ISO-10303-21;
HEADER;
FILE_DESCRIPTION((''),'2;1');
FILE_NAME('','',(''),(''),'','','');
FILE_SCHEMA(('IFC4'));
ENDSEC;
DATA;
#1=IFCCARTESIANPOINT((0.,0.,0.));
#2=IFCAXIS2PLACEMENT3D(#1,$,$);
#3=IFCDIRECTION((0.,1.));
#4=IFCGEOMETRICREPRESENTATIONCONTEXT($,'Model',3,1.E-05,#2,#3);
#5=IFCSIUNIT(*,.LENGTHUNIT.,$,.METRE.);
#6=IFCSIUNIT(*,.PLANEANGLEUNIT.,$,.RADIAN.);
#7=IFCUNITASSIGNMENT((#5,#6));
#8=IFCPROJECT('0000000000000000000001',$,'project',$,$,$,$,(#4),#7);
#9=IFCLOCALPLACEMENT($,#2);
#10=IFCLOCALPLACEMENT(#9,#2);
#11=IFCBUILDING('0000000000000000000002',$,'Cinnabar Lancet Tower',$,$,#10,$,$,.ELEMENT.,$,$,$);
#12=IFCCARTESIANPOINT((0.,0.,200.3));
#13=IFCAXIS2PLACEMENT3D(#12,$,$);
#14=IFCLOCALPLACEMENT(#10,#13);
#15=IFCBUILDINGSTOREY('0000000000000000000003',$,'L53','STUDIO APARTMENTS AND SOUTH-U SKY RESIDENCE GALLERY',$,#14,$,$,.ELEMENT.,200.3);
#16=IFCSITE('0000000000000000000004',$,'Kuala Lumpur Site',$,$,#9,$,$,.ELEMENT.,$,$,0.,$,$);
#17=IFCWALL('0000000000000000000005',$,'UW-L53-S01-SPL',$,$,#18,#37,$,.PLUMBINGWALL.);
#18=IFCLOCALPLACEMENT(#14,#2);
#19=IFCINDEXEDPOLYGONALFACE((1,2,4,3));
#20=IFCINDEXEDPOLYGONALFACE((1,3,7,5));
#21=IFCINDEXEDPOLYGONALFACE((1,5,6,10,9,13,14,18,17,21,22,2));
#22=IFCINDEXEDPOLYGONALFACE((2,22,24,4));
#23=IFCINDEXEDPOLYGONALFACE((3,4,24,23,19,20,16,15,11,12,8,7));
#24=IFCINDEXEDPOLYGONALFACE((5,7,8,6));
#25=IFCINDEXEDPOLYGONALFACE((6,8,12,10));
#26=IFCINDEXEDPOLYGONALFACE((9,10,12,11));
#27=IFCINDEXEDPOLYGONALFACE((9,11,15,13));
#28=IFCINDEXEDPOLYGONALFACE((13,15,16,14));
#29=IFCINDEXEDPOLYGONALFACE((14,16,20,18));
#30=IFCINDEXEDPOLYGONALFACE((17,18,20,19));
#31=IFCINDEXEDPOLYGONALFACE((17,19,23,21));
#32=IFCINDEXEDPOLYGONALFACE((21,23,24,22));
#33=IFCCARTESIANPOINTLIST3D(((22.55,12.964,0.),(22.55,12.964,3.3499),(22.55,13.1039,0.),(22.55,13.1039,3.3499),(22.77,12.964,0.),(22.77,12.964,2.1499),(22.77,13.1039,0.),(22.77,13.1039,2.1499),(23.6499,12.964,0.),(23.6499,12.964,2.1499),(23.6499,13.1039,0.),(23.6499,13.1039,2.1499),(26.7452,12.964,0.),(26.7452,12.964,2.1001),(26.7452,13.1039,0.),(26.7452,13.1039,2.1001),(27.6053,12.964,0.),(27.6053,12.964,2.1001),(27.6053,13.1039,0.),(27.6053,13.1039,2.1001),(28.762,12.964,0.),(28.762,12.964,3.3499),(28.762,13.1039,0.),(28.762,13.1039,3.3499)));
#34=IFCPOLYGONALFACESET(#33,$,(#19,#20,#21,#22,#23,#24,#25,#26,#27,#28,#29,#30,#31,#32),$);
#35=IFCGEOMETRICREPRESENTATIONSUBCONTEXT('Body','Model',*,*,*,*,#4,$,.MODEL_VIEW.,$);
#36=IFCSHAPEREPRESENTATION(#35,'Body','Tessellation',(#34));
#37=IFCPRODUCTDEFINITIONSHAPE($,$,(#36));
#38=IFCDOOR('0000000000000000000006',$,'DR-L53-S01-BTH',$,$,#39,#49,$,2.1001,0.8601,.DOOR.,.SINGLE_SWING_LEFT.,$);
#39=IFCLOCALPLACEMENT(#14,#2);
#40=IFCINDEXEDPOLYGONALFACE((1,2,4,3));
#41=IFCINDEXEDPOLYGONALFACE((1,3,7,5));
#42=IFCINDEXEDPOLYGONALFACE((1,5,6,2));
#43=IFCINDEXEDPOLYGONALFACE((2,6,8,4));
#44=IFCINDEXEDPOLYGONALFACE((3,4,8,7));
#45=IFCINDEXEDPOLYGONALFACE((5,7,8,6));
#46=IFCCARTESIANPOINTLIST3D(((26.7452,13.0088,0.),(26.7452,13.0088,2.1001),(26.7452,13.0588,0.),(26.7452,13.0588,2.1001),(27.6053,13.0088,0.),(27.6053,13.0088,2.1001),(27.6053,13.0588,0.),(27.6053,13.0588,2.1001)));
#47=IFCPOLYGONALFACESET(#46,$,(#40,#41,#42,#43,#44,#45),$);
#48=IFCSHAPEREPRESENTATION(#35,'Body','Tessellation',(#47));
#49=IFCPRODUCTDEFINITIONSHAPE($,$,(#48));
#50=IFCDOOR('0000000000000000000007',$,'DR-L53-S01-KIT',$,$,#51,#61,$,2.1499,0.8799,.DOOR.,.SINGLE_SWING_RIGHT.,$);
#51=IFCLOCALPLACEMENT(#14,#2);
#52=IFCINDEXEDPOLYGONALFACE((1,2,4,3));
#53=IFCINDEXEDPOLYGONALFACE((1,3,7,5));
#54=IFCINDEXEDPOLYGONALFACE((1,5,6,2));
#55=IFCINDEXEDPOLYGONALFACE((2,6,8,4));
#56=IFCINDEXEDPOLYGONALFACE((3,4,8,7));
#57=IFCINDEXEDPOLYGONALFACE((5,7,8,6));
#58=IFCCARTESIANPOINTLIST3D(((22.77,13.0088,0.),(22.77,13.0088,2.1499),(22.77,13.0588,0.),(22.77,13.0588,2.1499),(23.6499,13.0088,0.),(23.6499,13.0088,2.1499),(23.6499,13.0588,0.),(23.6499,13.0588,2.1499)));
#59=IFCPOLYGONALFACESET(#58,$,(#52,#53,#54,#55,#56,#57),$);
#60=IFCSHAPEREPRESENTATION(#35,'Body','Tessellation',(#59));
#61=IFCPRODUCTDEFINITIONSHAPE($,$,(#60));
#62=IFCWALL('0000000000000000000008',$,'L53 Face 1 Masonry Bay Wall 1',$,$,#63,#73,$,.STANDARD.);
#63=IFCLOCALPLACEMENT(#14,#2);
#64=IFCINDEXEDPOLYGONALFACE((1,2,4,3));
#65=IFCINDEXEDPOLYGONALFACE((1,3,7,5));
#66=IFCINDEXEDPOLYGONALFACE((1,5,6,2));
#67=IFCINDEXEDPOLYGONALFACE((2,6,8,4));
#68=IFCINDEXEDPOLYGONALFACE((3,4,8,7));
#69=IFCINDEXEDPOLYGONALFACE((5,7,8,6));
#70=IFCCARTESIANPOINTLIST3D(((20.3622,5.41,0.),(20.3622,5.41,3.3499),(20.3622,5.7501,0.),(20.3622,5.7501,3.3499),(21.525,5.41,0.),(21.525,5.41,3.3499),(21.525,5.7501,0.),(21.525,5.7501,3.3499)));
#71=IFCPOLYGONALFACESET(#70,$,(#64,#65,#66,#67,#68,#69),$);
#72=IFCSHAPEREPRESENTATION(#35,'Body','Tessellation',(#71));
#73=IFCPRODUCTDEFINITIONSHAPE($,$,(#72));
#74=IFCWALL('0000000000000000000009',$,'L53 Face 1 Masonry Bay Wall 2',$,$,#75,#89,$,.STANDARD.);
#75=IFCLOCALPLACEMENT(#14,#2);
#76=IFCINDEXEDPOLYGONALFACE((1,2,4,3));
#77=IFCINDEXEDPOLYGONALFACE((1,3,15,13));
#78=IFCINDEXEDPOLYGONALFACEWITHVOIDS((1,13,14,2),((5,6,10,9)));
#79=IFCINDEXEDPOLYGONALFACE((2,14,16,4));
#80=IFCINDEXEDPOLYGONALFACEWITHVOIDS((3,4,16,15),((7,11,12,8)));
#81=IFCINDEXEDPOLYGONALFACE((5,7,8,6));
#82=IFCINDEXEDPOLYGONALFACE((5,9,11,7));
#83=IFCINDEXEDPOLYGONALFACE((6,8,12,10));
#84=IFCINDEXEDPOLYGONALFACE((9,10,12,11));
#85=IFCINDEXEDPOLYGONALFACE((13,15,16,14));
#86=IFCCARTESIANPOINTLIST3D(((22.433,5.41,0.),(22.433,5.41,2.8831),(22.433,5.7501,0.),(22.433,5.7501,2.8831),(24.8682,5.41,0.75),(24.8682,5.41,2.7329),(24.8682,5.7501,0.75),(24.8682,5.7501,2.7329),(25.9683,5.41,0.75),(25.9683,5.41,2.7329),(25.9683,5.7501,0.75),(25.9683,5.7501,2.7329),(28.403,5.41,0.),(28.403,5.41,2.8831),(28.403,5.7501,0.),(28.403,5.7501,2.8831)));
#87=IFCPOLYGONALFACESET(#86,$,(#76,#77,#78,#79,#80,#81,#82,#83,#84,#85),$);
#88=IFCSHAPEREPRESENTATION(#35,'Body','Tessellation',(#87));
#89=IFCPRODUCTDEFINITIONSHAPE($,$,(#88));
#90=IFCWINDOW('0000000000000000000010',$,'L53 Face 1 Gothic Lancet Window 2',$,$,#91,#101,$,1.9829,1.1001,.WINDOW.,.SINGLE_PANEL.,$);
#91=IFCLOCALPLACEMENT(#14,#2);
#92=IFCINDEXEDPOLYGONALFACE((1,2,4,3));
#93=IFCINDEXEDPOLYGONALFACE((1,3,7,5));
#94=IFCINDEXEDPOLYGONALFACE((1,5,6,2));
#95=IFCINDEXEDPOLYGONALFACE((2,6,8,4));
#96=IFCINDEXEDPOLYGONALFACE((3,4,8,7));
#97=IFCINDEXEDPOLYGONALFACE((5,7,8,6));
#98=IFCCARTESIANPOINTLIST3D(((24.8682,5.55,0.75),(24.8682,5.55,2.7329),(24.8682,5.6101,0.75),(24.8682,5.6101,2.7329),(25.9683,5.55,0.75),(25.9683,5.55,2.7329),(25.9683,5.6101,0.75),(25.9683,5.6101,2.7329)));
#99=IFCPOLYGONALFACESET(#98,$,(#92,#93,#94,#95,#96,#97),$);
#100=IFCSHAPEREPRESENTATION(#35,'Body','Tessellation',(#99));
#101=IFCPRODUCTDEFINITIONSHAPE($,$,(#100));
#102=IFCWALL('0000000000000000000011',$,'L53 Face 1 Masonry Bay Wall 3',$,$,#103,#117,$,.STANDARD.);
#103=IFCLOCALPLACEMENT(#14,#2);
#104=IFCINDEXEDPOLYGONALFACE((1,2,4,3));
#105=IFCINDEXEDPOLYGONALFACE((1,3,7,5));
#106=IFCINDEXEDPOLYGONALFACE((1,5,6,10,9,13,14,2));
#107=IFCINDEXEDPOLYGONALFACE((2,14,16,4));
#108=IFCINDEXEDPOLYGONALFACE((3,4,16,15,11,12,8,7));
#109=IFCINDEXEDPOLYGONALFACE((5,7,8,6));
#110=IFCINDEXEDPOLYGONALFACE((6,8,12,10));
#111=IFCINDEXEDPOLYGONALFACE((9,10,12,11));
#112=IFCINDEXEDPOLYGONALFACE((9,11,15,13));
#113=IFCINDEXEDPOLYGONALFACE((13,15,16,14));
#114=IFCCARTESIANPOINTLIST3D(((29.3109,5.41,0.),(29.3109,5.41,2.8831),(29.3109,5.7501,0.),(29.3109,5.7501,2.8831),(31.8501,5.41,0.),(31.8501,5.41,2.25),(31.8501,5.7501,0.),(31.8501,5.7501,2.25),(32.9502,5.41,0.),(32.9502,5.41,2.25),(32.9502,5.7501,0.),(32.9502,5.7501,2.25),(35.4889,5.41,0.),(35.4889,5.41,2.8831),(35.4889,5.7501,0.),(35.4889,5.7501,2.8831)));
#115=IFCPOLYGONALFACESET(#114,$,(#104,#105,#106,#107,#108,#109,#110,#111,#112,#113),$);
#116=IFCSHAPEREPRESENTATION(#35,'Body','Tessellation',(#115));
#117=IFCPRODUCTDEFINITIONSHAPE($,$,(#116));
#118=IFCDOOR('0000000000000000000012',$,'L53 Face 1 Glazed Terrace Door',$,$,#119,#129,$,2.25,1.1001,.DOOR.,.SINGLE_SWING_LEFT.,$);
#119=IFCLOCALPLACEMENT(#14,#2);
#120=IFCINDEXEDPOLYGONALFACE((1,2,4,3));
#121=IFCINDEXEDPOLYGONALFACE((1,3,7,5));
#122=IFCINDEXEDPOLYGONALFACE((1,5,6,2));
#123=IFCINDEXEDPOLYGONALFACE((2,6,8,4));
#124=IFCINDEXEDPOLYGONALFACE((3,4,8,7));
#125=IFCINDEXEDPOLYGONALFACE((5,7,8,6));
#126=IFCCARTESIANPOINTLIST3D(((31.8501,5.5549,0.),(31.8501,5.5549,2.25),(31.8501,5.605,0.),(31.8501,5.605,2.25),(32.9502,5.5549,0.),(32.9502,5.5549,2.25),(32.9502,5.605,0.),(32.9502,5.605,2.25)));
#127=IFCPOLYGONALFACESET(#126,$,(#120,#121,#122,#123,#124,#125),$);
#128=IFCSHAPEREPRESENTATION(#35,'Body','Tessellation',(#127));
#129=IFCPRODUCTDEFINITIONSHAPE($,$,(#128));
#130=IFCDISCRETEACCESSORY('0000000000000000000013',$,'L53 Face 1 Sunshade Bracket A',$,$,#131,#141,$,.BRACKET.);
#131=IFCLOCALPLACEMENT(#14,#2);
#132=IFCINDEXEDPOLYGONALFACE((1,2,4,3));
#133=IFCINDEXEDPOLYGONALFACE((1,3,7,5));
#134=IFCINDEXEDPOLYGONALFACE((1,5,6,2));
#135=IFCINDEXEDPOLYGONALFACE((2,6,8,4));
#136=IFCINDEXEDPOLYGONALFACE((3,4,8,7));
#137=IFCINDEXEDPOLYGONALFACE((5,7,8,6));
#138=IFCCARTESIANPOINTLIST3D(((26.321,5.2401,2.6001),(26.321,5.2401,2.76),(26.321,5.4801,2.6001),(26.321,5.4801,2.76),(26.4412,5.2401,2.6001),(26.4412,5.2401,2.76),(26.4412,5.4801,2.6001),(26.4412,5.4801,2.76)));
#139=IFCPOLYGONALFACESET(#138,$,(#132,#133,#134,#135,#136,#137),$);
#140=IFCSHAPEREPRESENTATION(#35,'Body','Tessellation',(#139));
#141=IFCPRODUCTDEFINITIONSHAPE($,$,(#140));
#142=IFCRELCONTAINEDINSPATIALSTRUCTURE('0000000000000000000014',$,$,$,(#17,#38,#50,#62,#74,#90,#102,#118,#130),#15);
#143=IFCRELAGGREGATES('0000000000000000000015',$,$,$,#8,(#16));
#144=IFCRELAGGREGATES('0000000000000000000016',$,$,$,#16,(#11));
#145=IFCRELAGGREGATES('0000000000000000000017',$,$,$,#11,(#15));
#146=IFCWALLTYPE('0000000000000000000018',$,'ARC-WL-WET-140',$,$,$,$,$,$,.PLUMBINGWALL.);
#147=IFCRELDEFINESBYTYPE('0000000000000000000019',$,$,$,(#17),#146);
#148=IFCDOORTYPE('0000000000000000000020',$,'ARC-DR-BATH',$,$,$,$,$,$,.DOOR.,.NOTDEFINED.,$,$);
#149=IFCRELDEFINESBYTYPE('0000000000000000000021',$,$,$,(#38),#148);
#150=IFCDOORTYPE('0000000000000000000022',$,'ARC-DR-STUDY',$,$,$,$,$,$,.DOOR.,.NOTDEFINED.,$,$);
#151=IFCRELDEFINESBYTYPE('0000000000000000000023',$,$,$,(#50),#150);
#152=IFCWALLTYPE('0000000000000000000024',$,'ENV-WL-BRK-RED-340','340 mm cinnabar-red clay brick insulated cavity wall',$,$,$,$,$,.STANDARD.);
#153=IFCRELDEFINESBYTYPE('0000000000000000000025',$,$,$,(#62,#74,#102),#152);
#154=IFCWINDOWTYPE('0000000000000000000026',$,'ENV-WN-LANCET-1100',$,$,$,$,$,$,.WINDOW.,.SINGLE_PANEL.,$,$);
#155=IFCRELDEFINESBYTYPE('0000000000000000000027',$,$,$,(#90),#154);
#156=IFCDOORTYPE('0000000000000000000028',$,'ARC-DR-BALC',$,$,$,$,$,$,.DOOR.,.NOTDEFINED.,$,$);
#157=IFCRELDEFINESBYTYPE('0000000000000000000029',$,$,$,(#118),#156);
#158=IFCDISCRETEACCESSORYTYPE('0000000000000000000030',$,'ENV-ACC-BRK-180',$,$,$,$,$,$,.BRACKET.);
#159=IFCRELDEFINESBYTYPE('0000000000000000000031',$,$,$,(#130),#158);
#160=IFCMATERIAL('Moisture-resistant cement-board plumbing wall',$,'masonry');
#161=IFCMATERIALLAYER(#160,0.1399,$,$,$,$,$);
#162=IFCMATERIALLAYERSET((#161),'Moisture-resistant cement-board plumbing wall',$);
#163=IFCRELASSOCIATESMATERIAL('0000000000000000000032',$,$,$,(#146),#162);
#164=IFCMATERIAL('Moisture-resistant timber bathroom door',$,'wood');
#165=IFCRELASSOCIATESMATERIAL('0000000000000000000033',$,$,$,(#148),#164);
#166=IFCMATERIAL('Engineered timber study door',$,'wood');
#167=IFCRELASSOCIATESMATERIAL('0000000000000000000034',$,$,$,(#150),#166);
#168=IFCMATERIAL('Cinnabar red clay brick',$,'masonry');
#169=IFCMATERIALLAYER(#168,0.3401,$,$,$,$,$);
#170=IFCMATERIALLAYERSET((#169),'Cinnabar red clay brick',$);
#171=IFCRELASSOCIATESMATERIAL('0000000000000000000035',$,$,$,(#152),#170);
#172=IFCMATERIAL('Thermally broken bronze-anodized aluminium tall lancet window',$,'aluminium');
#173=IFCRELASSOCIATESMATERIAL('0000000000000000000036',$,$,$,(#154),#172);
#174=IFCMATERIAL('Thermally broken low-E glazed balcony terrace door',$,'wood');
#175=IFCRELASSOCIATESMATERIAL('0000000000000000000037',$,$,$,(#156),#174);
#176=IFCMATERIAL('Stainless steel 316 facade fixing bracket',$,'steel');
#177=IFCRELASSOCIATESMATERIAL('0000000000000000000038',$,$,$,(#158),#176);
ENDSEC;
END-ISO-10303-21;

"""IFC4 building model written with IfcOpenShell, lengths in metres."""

from ifc_helpers import new_model, si_unit, direction, frame, frame_2d, origin, origin_2d, place, context, subcontext, project, spatial, rectangle, extrude, material, layer, layer_set, type_object, element, fill, save


model = new_model("IFC4")

# Units and contexts
model_context = context("Model", 3, precision=1e-05, world=origin(), true_north=direction((0.0, 1.0)))
body_context = subcontext(model_context, "Body", "Model", "MODEL_VIEW")
ifc_project = project(units=[si_unit("LENGTHUNIT", "METRE"), si_unit("PLANEANGLEUNIT", "RADIAN")], contexts=[model_context])

# Site, building, storey
site_placement = place(None, origin())
site = spatial("IfcSite", under=ifc_project, at=site_placement, Name="Kuala Lumpur Site", CompositionType="ELEMENT", RefElevation=0.0)
building_placement = place(site_placement, origin())
building = spatial("IfcBuilding", under=site, at=building_placement, Name="Cinnabar Lancet Tower", CompositionType="ELEMENT")
storey_placement = place(building_placement, frame((0.0, 0.0, 200.3)))
storey = spatial("IfcBuildingStorey", under=building, at=storey_placement, Name="L53", Description="STUDIO APARTMENTS AND SOUTH-U SKY RESIDENCE GALLERY", CompositionType="ELEMENT", Elevation=200.3)

# Wall, openings, doors
ifc_material_1 = material(Name="Moisture-resistant cement-board plumbing wall", Category="masonry")
ifc_layer_1 = layer(ifc_material_1, 0.1399)
ifc_layer_set_1 = layer_set([ifc_layer_1], Name="Moisture-resistant cement-board plumbing wall")
wall_type_1 = type_object("IfcWallType", Name="ARC-WL-WET-140", PredefinedType="PLUMBINGWALL", material=ifc_layer_set_1)
wall_1_placement = place(storey_placement, frame((22.55, 13.0339, 0.0), z_axis=(0.0, 0.0, 1.0), x_axis=(1.0, 0.0, 0.0)))
wall_1 = element("IfcWall", 1, at=wall_1_placement, inside=storey, type_object=wall_type_1, Name="UW-L53-S01-SPL", PredefinedType="PLUMBINGWALL", context=body_context, shape_type="SweptSolid", body=[
    extrude(rectangle(XDim=6.2119, YDim=0.1399, at=frame_2d((3.106, 0.0))), origin(), (0.0, 0.0, 1.0), 3.3499),
])
opening_1_placement = place(wall_1_placement, frame((4.1951, 0.0, 0.0)))
opening_1 = element("IfcOpeningElement", 2, at=opening_1_placement, cuts=wall_1, PredefinedType="OPENING", context=body_context, shape_type="SweptSolid", body=[
    extrude(rectangle(XDim=0.8601, YDim=2.1001, at=frame_2d((0.4302, 1.05))), frame((0.0, 0.0798, 0.0), z_axis=(0.0, -1.0, 0.0), x_axis=(1.0, 0.0, 0.0)), (0.0, 0.0, 1.0), 0.1599),
])
opening_2_placement = place(wall_1_placement, frame((0.22, 0.0, 0.0)))
opening_2 = element("IfcOpeningElement", 3, at=opening_2_placement, cuts=wall_1, PredefinedType="OPENING", context=body_context, shape_type="SweptSolid", body=[
    extrude(rectangle(XDim=0.8799, YDim=2.1499, at=frame_2d((0.4399, 1.075))), frame((0.0, 0.0798, 0.0), z_axis=(0.0, -1.0, 0.0), x_axis=(1.0, 0.0, 0.0)), (0.0, 0.0, 1.0), 0.1599),
])
ifc_material_2 = material(Name="Moisture-resistant timber bathroom door", Category="wood")
door_type_1 = type_object("IfcDoorType", Name="ARC-DR-BATH", OperationType="NOTDEFINED", PredefinedType="DOOR", material=ifc_material_2)
door_1_placement = place(opening_1_placement, origin())
door_1 = element("IfcDoor", 4, at=door_1_placement, inside=storey, type_object=door_type_1, Name="DR-L53-S01-BTH", OperationType="SINGLE_SWING_LEFT", OverallHeight=2.1001, OverallWidth=0.8601, PredefinedType="DOOR", context=body_context, shape_type="SweptSolid", body=[
    extrude(rectangle(XDim=0.8601, YDim=2.1001, at=frame_2d((0.4302, 1.05))), frame((0.0, 0.0249, 0.0), z_axis=(0.0, -1.0, 0.0), x_axis=(1.0, 0.0, 0.0)), (0.0, 0.0, 1.0), 0.05),
])
fill(opening_1, door_1)
ifc_material_3 = material(Name="Engineered timber study door", Category="wood")
door_type_2 = type_object("IfcDoorType", Name="ARC-DR-STUDY", OperationType="NOTDEFINED", PredefinedType="DOOR", material=ifc_material_3)
door_2_placement = place(opening_2_placement, origin())
door_2 = element("IfcDoor", 5, at=door_2_placement, inside=storey, type_object=door_type_2, Name="DR-L53-S01-KIT", OperationType="SINGLE_SWING_RIGHT", OverallHeight=2.1499, OverallWidth=0.8799, PredefinedType="DOOR", context=body_context, shape_type="SweptSolid", body=[
    extrude(rectangle(XDim=0.8799, YDim=2.1499, at=frame_2d((0.4399, 1.075))), frame((0.0, 0.0249, 0.0), z_axis=(0.0, -1.0, 0.0), x_axis=(1.0, 0.0, 0.0)), (0.0, 0.0, 1.0), 0.05),
])
fill(opening_2, door_2)

# Wall
ifc_material_4 = material(Name="Cinnabar red clay brick", Category="masonry")
ifc_layer_2 = layer(ifc_material_4, 0.3401)
ifc_layer_set_2 = layer_set([ifc_layer_2], Name="Cinnabar red clay brick")
wall_type_2 = type_object("IfcWallType", Name="ENV-WL-BRK-RED-340", Description="340 mm cinnabar-red clay brick insulated cavity wall", PredefinedType="STANDARD", material=ifc_layer_set_2)
wall_2_placement = place(storey_placement, frame((20.3621, 5.5801, 0.0), z_axis=(0.0, 0.0, 1.0), x_axis=(1.0, 0.0, 0.0)))
element("IfcWall", 6, at=wall_2_placement, inside=storey, type_object=wall_type_2, Name="L53 Face 1 Masonry Bay Wall 1", PredefinedType="STANDARD", context=body_context, shape_type="SweptSolid", body=[
    extrude(rectangle(XDim=1.1628, YDim=0.3401, at=frame_2d((0.5815, 0.0))), origin(), (0.0, 0.0, 1.0), 3.3499),
])

# Wall, opening, window
wall_3_placement = place(storey_placement, frame((22.4331, 5.5801, 0.0), z_axis=(0.0, 0.0, 1.0), x_axis=(1.0, 0.0, 0.0)))
wall_3 = element("IfcWall", 7, at=wall_3_placement, inside=storey, type_object=wall_type_2, Name="L53 Face 1 Masonry Bay Wall 2", PredefinedType="STANDARD", context=body_context, shape_type="SweptSolid", body=[
    extrude(rectangle(XDim=5.97, YDim=0.3401, at=frame_2d((2.9849, 0.0))), origin(), (0.0, 0.0, 1.0), 2.8831),
])
opening_3_placement = place(wall_3_placement, frame((2.4351, 0.0, 0.75)))
opening_3 = element("IfcOpeningElement", 8, at=opening_3_placement, cuts=wall_3, PredefinedType="OPENING", context=body_context, shape_type="SweptSolid", body=[
    extrude(rectangle(XDim=1.1001, YDim=1.9829, at=frame_2d((0.55, 0.9915))), frame((0.0, 0.1799, 0.0), z_axis=(0.0, -1.0, 0.0), x_axis=(1.0, 0.0, 0.0)), (0.0, 0.0, 1.0), 0.3601),
])
ifc_material_5 = material(Name="Thermally broken bronze-anodized aluminium tall lancet window", Category="aluminium")
window_type = type_object("IfcWindowType", Name="ENV-WN-LANCET-1100", PartitioningType="SINGLE_PANEL", PredefinedType="WINDOW", material=ifc_material_5)
window_placement = place(opening_3_placement, origin())
window = element("IfcWindow", 9, at=window_placement, inside=storey, type_object=window_type, Name="L53 Face 1 Gothic Lancet Window 2", OverallHeight=1.9829, OverallWidth=1.1001, PartitioningType="SINGLE_PANEL", PredefinedType="WINDOW", context=body_context, shape_type="SweptSolid", body=[
    extrude(rectangle(XDim=1.1001, YDim=1.9829, at=frame_2d((0.55, 0.9915))), frame((0.0, 0.03, 0.0), z_axis=(0.0, -1.0, 0.0), x_axis=(1.0, 0.0, 0.0)), (0.0, 0.0, 1.0), 0.0601),
])
fill(opening_3, window)

# Wall, opening, door
wall_4_placement = place(storey_placement, frame((29.311, 5.5801, 0.0), z_axis=(0.0, 0.0, 1.0), x_axis=(1.0, 0.0, 0.0)))
wall_4 = element("IfcWall", 10, at=wall_4_placement, inside=storey, type_object=wall_type_2, Name="L53 Face 1 Masonry Bay Wall 3", PredefinedType="STANDARD", context=body_context, shape_type="SweptSolid", body=[
    extrude(rectangle(XDim=6.178, YDim=0.3401, at=frame_2d((3.0889, 0.0))), origin(), (0.0, 0.0, 1.0), 2.8831),
])
opening_4_placement = place(wall_4_placement, frame((2.5391, 0.0, 0.0)))
opening_4 = element("IfcOpeningElement", 11, at=opening_4_placement, cuts=wall_4, PredefinedType="OPENING", context=body_context, shape_type="SweptSolid", body=[
    extrude(rectangle(XDim=1.1001, YDim=2.25, at=frame_2d((0.55, 1.125))), frame((0.0, 0.1799, 0.0), z_axis=(0.0, -1.0, 0.0), x_axis=(1.0, 0.0, 0.0)), (0.0, 0.0, 1.0), 0.3601),
])
ifc_material_6 = material(Name="Thermally broken low-E glazed balcony terrace door", Category="wood")
door_type_3 = type_object("IfcDoorType", Name="ARC-DR-BALC", OperationType="NOTDEFINED", PredefinedType="DOOR", material=ifc_material_6)
door_3_placement = place(opening_4_placement, origin())
door_3 = element("IfcDoor", 12, at=door_3_placement, inside=storey, type_object=door_type_3, Name="L53 Face 1 Glazed Terrace Door", OperationType="SINGLE_SWING_LEFT", OverallHeight=2.25, OverallWidth=1.1001, PredefinedType="DOOR", context=body_context, shape_type="SweptSolid", body=[
    extrude(rectangle(XDim=1.1001, YDim=2.25, at=frame_2d((0.55, 1.125))), frame((0.0, 0.0249, 0.0), z_axis=(0.0, -1.0, 0.0), x_axis=(1.0, 0.0, 0.0)), (0.0, 0.0, 1.0), 0.05),
])
fill(opening_4, door_3)

# Discrete accessory
ifc_material_7 = material(Name="Stainless steel 316 facade fixing bracket", Category="steel")
discrete_accessory_type = type_object("IfcDiscreteAccessoryType", Name="ENV-ACC-BRK-180", PredefinedType="BRACKET", material=ifc_material_7)
discrete_accessory_placement = place(storey_placement, frame((26.3811, 5.3601, 2.6001), z_axis=(0.0, 0.0, 1.0), x_axis=(1.0, 0.0, 0.0)))
element("IfcDiscreteAccessory", 13, at=discrete_accessory_placement, inside=storey, type_object=discrete_accessory_type, Name="L53 Face 1 Sunshade Bracket A", PredefinedType="BRACKET", context=body_context, shape_type="SweptSolid", body=[
    extrude(rectangle(XDim=0.1201, YDim=0.24, at=origin_2d()), origin(), (0.0, 0.0, 1.0), 0.1599),
])

save(model, "model.ifc")
